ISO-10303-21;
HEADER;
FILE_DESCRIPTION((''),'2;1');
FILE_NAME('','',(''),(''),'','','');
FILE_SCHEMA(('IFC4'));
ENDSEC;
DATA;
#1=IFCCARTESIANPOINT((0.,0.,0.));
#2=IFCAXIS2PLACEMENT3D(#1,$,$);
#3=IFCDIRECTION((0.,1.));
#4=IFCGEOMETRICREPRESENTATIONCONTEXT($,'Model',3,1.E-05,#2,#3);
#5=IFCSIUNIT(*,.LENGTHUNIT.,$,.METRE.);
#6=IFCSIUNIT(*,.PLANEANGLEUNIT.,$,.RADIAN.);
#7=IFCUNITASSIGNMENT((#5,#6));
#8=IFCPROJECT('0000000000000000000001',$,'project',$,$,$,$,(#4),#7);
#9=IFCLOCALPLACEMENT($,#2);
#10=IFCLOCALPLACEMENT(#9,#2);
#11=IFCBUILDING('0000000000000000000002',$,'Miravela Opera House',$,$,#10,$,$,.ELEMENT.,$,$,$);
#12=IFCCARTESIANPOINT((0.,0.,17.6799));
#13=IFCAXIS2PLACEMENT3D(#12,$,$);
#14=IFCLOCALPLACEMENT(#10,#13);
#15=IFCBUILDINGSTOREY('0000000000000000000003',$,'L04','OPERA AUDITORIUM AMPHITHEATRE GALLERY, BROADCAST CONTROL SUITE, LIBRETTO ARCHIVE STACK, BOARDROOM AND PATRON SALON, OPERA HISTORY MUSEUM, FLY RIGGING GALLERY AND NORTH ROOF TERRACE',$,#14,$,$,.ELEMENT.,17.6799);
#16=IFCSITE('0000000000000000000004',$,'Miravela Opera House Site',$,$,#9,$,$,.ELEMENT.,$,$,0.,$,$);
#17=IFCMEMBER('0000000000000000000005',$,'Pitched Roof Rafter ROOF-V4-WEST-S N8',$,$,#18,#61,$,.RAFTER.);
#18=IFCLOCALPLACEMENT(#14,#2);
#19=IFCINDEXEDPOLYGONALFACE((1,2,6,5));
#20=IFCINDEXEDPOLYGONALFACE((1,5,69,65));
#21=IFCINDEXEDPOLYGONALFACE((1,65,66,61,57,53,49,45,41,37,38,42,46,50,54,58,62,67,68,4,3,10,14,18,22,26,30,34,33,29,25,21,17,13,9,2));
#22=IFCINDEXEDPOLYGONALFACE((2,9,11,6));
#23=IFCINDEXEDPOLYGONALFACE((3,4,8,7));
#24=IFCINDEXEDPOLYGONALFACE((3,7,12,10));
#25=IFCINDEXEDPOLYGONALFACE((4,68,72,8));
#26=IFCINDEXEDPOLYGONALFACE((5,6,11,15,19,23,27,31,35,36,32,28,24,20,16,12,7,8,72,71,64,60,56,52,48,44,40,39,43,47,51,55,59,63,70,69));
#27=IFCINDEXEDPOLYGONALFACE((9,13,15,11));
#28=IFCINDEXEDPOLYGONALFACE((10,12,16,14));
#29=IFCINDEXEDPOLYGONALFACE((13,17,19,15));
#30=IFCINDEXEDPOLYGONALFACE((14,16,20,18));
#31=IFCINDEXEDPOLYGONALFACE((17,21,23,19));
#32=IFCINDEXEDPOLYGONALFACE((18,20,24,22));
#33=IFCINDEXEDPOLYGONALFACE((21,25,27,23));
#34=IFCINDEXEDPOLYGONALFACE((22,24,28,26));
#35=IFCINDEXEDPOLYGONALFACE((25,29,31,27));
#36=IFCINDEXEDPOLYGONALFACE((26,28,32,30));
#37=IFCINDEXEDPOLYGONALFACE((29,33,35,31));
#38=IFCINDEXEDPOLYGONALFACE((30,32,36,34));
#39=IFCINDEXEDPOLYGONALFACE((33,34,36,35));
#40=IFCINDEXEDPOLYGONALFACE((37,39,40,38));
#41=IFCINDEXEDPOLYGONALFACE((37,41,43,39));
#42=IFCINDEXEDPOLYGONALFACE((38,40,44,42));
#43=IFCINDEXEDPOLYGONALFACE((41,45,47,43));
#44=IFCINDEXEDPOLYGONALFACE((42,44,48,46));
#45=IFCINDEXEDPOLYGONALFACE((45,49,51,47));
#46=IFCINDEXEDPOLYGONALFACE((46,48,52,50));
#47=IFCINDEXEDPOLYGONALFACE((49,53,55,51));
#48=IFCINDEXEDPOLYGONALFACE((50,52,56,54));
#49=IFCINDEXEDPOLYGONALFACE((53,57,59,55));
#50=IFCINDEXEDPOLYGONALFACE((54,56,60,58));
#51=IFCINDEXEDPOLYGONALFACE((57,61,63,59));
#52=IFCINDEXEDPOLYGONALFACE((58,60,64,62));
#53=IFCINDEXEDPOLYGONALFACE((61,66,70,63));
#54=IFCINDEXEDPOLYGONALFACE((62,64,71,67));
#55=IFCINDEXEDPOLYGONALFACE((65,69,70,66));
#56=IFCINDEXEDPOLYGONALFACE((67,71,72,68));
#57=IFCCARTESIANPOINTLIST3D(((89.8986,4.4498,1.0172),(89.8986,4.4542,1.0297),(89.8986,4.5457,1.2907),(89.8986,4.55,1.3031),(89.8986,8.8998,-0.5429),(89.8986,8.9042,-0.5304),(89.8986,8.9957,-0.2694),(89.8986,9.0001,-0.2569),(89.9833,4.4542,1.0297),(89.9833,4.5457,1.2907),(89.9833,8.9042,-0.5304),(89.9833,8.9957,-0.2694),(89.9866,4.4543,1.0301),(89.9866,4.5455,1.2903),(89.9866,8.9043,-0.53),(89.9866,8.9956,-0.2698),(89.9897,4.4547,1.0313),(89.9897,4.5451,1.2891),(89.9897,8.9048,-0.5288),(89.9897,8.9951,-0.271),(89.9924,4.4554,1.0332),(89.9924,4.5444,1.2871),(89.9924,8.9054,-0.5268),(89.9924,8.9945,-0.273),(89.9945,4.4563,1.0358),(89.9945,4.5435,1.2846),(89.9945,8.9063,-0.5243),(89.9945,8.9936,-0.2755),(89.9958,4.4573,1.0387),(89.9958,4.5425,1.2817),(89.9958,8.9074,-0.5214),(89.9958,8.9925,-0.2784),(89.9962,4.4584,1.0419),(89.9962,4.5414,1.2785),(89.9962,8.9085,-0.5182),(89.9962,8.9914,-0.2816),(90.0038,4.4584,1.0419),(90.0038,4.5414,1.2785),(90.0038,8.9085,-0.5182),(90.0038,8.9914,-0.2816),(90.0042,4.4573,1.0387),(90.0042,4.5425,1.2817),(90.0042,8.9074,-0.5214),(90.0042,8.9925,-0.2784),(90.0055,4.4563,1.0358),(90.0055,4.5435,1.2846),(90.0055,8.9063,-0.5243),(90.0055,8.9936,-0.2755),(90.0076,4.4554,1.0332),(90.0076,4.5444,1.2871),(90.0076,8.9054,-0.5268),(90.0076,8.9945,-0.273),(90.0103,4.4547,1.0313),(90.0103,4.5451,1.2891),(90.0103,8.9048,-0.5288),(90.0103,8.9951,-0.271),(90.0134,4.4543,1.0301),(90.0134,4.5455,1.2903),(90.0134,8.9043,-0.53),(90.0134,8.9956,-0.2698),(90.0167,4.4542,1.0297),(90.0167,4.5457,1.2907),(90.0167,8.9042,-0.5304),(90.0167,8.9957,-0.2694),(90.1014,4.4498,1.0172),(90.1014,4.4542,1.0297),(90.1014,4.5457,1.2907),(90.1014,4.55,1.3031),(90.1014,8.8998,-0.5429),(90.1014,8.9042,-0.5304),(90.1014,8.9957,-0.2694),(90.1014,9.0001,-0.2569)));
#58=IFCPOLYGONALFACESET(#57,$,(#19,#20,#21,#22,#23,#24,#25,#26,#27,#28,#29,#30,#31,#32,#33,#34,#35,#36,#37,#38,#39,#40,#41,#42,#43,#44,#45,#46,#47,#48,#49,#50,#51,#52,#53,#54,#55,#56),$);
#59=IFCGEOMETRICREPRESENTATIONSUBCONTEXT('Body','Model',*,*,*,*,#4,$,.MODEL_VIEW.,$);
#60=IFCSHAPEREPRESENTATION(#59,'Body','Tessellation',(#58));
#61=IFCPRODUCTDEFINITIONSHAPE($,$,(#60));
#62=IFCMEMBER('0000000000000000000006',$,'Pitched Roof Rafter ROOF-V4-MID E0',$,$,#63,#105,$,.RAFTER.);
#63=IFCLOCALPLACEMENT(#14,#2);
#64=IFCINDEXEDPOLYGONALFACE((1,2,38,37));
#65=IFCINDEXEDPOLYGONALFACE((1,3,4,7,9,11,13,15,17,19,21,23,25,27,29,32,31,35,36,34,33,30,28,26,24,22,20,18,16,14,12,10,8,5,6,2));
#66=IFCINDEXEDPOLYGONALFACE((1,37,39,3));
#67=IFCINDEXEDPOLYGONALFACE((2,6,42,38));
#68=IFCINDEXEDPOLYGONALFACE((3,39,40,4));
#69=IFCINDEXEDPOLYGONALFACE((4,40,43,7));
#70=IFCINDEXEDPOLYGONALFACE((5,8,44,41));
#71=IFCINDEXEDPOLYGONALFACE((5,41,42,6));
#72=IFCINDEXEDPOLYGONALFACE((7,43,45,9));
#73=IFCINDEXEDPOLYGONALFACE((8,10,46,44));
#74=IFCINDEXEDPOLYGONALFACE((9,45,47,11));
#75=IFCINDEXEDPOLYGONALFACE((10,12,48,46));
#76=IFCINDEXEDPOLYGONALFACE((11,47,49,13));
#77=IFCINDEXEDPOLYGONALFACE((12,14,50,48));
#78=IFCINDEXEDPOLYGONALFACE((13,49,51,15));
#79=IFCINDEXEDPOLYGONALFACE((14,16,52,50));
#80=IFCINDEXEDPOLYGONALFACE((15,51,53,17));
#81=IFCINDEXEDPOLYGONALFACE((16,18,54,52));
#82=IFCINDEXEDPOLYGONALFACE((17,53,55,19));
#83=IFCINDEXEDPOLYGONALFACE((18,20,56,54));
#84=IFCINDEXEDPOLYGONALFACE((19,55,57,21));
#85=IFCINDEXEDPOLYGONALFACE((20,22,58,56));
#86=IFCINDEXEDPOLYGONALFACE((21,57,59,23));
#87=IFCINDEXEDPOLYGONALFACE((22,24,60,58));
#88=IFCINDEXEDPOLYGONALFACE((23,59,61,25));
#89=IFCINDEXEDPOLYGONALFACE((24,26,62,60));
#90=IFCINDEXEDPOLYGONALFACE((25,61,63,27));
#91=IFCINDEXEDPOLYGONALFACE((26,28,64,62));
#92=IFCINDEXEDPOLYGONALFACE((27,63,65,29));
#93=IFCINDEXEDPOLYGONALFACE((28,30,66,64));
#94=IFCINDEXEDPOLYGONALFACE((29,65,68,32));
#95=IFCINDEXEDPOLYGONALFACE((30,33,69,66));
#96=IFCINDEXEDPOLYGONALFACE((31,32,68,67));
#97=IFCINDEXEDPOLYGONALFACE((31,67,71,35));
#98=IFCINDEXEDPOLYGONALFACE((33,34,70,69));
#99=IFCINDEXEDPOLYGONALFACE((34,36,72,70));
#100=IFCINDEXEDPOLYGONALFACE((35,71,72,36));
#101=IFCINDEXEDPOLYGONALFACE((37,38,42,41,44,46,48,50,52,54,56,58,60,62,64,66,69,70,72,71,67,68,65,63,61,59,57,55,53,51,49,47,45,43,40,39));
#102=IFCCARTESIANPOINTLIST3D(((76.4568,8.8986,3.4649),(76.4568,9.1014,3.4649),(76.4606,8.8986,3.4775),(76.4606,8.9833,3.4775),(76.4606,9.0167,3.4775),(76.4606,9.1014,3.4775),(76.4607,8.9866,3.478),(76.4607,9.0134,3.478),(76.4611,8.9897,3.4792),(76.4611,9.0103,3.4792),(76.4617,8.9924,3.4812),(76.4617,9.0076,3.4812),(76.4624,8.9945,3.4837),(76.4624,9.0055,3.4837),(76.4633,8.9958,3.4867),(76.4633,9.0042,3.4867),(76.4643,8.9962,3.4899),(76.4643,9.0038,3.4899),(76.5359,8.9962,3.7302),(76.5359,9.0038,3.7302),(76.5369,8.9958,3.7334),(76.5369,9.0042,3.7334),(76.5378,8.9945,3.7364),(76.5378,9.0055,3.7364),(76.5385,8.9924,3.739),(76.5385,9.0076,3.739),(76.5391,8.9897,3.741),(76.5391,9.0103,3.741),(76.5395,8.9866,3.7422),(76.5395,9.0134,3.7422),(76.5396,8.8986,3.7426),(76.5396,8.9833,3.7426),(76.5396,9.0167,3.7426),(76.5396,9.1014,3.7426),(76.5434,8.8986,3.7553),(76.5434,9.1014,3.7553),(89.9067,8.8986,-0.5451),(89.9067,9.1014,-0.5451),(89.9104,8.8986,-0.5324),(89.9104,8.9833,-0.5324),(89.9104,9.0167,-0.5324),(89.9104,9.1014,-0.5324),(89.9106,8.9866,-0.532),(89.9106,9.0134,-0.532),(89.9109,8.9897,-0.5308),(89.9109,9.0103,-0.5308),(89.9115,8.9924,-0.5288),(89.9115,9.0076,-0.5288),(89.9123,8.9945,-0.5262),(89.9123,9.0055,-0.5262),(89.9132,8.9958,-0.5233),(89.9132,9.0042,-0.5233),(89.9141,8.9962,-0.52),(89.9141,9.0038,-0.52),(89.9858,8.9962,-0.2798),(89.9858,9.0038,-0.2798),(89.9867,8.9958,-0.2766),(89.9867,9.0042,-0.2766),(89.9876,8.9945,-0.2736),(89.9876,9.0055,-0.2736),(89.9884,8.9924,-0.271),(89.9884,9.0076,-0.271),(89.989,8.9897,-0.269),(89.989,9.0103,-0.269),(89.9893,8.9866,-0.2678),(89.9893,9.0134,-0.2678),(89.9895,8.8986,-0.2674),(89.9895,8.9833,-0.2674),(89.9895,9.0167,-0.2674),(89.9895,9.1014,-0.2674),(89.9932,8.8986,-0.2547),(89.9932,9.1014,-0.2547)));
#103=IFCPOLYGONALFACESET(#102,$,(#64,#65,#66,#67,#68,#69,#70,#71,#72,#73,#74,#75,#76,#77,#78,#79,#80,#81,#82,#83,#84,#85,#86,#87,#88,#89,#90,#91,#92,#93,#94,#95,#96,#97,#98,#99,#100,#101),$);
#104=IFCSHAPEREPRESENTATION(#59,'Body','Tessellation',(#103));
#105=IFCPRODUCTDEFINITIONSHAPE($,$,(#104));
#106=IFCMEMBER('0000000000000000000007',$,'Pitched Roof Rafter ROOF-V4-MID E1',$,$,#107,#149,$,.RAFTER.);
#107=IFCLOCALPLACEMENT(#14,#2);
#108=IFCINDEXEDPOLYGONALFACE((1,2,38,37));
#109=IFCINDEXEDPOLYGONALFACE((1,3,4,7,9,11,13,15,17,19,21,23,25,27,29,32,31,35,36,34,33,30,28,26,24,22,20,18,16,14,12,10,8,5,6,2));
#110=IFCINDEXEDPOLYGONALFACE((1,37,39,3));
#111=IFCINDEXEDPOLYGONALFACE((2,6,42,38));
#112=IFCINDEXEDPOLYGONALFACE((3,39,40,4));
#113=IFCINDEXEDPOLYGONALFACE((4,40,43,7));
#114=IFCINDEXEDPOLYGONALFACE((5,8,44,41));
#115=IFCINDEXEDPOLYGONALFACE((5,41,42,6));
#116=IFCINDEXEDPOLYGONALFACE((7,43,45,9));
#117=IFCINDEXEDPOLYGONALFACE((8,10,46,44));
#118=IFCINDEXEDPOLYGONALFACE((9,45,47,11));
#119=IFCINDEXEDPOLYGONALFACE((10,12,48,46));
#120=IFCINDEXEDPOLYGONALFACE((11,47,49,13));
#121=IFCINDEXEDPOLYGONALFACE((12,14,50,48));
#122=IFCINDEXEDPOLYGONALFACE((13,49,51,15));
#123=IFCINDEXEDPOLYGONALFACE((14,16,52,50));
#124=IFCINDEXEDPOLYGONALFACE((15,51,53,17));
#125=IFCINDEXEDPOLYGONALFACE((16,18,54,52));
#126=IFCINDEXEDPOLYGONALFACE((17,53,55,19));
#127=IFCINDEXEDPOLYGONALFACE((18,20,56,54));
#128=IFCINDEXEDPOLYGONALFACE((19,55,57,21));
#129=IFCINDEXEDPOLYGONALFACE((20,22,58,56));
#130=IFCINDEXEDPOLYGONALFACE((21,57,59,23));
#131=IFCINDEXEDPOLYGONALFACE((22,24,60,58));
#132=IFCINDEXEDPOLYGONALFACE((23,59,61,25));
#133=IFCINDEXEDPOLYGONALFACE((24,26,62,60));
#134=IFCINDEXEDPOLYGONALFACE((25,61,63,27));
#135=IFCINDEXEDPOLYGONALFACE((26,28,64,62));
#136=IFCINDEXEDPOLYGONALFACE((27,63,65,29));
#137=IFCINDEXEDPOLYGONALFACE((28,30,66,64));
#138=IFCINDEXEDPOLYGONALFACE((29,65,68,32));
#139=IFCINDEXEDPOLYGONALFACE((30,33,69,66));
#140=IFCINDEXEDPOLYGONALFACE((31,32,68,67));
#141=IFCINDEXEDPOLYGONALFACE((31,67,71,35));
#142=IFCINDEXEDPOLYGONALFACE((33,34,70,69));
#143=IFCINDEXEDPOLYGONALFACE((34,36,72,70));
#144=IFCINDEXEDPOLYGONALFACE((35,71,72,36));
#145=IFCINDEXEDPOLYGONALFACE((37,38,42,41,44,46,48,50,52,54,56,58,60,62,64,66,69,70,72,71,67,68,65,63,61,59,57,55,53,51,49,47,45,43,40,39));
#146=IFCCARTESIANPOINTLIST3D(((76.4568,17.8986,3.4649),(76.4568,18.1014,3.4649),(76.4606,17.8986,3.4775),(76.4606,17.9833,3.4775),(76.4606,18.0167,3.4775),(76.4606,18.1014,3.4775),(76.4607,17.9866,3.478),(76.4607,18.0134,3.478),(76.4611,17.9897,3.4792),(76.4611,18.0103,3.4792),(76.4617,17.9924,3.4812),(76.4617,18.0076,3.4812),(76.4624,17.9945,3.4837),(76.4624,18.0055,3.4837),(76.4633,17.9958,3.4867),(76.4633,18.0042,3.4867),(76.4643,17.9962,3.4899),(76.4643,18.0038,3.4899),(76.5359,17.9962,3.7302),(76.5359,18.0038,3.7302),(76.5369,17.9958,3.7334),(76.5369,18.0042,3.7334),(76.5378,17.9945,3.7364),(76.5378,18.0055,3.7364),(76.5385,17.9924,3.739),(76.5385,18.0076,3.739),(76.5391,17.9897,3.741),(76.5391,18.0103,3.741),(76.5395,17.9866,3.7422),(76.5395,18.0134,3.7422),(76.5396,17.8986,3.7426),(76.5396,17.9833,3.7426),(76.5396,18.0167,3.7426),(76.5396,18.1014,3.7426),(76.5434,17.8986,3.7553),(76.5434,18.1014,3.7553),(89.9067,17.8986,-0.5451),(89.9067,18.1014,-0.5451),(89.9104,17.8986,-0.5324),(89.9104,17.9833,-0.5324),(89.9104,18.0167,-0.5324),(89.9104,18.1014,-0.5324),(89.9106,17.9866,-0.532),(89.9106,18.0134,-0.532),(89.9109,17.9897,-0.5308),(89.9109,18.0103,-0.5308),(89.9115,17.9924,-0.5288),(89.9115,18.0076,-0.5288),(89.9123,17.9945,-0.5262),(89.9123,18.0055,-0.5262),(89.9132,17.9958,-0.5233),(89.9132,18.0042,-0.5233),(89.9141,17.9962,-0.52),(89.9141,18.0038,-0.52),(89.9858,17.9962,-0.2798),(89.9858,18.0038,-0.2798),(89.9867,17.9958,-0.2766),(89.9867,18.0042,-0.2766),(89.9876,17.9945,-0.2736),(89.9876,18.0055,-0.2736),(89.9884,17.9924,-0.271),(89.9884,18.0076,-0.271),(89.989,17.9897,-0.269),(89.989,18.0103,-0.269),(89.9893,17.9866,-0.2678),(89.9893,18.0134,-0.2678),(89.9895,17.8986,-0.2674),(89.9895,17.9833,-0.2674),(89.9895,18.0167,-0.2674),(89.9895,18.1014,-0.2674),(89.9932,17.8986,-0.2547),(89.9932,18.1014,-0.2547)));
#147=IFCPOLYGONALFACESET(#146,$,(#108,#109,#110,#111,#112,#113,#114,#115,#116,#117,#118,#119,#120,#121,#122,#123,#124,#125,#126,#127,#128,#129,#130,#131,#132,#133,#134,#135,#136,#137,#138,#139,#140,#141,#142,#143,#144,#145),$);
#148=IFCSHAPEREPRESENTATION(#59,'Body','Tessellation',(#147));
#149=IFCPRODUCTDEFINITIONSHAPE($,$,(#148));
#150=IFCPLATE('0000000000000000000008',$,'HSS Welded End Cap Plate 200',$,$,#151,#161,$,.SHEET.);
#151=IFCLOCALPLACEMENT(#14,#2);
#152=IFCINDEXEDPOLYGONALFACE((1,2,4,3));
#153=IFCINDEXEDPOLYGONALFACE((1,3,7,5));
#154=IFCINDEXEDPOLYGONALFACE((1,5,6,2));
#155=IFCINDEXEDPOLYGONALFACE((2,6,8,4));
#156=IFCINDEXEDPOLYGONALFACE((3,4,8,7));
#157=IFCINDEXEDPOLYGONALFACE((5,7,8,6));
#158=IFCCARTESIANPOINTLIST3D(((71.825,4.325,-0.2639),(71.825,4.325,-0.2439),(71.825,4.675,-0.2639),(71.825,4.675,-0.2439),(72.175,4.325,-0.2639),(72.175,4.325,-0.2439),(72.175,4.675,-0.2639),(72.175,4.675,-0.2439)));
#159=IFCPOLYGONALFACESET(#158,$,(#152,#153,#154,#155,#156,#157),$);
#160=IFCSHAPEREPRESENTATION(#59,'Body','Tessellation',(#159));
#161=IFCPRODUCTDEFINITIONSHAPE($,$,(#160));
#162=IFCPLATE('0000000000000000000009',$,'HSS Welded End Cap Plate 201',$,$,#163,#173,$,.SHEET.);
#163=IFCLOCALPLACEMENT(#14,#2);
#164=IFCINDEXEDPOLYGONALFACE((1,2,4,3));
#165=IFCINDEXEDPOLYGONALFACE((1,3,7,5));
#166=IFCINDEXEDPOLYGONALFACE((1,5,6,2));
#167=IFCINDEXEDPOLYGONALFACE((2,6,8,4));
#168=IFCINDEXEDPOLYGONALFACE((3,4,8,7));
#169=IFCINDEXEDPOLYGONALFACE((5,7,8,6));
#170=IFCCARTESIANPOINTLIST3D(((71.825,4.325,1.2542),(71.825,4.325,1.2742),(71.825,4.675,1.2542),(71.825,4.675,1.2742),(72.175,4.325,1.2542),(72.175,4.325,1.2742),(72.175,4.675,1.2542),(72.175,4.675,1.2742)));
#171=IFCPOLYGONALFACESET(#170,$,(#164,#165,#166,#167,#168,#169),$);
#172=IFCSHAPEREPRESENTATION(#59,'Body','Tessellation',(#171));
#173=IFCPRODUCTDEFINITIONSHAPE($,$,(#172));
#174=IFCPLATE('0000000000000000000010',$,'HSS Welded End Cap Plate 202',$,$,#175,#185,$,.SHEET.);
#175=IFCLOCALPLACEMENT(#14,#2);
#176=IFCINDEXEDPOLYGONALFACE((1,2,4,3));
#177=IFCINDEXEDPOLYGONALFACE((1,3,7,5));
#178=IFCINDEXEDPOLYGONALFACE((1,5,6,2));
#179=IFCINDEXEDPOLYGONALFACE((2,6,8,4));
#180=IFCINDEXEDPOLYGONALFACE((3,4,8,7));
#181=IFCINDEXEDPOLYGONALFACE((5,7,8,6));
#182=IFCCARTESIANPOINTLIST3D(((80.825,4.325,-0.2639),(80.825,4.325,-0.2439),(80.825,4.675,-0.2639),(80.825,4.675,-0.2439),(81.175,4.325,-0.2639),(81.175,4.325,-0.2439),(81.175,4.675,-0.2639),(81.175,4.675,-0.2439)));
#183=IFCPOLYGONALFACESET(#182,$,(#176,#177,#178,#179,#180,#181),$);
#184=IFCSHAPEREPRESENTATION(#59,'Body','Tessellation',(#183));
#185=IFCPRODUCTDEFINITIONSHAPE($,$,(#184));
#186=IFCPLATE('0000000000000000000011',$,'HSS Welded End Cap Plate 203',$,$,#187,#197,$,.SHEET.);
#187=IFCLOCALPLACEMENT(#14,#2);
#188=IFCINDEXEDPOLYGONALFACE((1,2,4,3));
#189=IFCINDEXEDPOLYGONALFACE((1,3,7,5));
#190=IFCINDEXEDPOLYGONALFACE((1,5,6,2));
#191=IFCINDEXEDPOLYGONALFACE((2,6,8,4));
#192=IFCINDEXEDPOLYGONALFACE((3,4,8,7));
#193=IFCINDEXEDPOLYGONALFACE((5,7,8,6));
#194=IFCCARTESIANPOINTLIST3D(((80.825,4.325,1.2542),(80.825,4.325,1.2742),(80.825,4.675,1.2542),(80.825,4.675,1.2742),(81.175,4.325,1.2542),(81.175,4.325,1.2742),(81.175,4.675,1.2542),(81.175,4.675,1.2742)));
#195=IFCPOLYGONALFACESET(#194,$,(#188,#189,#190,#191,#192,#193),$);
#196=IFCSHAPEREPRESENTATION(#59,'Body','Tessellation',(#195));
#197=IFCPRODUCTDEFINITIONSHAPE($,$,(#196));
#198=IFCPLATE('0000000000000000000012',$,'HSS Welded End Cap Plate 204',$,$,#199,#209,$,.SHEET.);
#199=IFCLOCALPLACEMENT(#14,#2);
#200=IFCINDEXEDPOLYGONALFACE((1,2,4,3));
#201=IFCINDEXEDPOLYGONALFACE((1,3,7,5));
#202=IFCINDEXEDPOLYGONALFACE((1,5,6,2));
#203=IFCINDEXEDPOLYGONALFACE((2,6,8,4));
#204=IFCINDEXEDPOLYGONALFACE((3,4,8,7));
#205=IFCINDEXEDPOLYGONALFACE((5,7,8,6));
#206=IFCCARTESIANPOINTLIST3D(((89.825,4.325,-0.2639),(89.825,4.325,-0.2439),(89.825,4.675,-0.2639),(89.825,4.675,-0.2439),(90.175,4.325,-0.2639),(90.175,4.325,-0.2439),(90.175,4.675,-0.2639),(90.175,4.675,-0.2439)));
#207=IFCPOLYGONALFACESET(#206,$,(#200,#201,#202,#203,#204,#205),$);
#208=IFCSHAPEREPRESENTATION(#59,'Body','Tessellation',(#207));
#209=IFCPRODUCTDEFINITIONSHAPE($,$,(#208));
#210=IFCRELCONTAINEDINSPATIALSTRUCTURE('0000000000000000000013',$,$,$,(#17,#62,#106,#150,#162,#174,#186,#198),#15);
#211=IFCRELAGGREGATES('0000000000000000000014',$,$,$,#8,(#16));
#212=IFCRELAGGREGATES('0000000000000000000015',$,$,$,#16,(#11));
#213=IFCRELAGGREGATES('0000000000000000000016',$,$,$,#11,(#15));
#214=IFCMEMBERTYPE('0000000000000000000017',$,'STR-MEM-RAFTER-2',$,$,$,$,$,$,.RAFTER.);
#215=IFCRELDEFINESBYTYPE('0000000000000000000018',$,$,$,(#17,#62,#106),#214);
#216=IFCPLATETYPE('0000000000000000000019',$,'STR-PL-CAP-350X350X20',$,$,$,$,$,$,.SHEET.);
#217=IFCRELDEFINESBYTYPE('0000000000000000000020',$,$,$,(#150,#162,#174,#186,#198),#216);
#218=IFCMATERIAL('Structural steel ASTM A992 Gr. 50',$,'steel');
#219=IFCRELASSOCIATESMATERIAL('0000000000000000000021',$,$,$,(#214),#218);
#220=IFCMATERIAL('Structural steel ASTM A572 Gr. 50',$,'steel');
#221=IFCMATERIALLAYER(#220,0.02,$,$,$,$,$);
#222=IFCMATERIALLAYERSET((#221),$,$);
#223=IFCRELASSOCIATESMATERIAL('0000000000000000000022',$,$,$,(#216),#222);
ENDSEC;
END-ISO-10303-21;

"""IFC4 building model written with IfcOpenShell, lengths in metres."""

from ifc_helpers import new_model, si_unit, direction, frame, origin, origin_2d, place, context, subcontext, project, spatial, rectangle, i_section, extrude, material, layer, layer_set, material_profile, profile_set, type_object, element, save


model = new_model("IFC4")

# Units and contexts
model_context = context("Model", 3, precision=1e-05, world=origin(), true_north=direction((0.0, 1.0)))
body_context = subcontext(model_context, "Body", "Model", "MODEL_VIEW")
ifc_project = project(units=[si_unit("LENGTHUNIT", "METRE"), si_unit("PLANEANGLEUNIT", "RADIAN")], contexts=[model_context])

# Site, building, storey
site_placement = place(None, origin())
site = spatial("IfcSite", under=ifc_project, at=site_placement, Name="Miravela Opera House Site", CompositionType="ELEMENT", RefElevation=0.0)
building_placement = place(site_placement, origin())
building = spatial("IfcBuilding", under=site, at=building_placement, Name="Miravela Opera House", CompositionType="ELEMENT")
storey_placement = place(building_placement, frame((0.0, 0.0, 17.6799)))
storey = spatial("IfcBuildingStorey", under=building, at=storey_placement, Name="L04", Description="OPERA AUDITORIUM AMPHITHEATRE GALLERY, BROADCAST CONTROL SUITE, LIBRETTO ARCHIVE STACK, BOARDROOM AND PATRON SALON, OPERA HISTORY MUSEUM, FLY RIGGING GALLERY AND NORTH ROOF TERRACE", CompositionType="ELEMENT", Elevation=17.6799)

# Shared definitions
ifc_material_1 = material(Name="Structural steel ASTM A992 Gr. 50", Category="steel")

# Members
ifc_material_profile_1 = material_profile(ifc_material_1, i_section(OverallWidth=0.2029, OverallDepth=0.303, WebThickness=0.0076, FlangeThickness=0.0132, FilletRadius=0.0129, at=origin_2d()), Name="W310X60")
ifc_profile_set_1 = profile_set([ifc_material_profile_1])
member_type_1 = type_object("IfcMemberType", Name="STR-MEM-RAFTER-2", PredefinedType="RAFTER", material=ifc_profile_set_1)
for number, where, z_axis, x_axis, name in (
    (1, (90.0, 8.95, -0.3999), (0.0, -0.943688, 0.330837), (1.0, 0.0, 0.0), "Pitched Roof Rafter ROOF-V4-WEST-S N8"),
):
    element("IfcMember", number, at=place(storey_placement, frame(where, z_axis=z_axis, x_axis=x_axis)), inside=storey, type_object=member_type_1, Name=name, PredefinedType="RAFTER", context=body_context, shape_type="SweptSolid", body=[
        extrude(i_section(OverallWidth=0.2029, OverallDepth=0.303, WebThickness=0.0076, FlangeThickness=0.0132, FilletRadius=0.0129, at=origin_2d()), origin(), (0.0, 0.0, 1.0), 4.7156),
    ])
for number, where, z_axis, x_axis, name in (
    (2, (89.95, 9.0, -0.3999), (-0.958315, 0.0, 0.285715), (0.0, -1.0, 0.0), "Pitched Roof Rafter ROOF-V4-MID E0"),
    (3, (89.95, 18.0, -0.3999), (-0.958315, 0.0, 0.285715), (0.0, -1.0, 0.0), "Pitched Roof Rafter ROOF-V4-MID E1"),
):
    element("IfcMember", number, at=place(storey_placement, frame(where, z_axis=z_axis, x_axis=x_axis)), inside=storey, type_object=member_type_1, Name=name, PredefinedType="RAFTER", context=body_context, shape_type="SweptSolid", body=[
        extrude(i_section(OverallWidth=0.2029, OverallDepth=0.303, WebThickness=0.0076, FlangeThickness=0.0132, FilletRadius=0.0129, at=origin_2d()), origin(), (0.0, 0.0, 1.0), 14.0349),
    ])

# Plates
ifc_material_2 = material(Name="Structural steel ASTM A572 Gr. 50", Category="steel")
ifc_layer_1 = layer(ifc_material_2, 0.02)
ifc_layer_set_1 = layer_set([ifc_layer_1])
plate_type = type_object("IfcPlateType", Name="STR-PL-CAP-350X350X20", PredefinedType="SHEET", material=ifc_layer_set_1)
for number, where, z_axis, x_axis, name in (
    (4, (72.0, 4.5, -0.2639), (0.0, 0.0, 1.0), (1.0, 0.0, 0.0), "HSS Welded End Cap Plate 200"),
    (5, (72.0, 4.5, 1.2542), (0.0, 0.0, 1.0), (1.0, 0.0, 0.0), "HSS Welded End Cap Plate 201"),
    (6, (81.0, 4.5, -0.2639), (0.0, 0.0, 1.0), (1.0, 0.0, 0.0), "HSS Welded End Cap Plate 202"),
    (7, (81.0, 4.5, 1.2542), (0.0, 0.0, 1.0), (1.0, 0.0, 0.0), "HSS Welded End Cap Plate 203"),
    (8, (90.0, 4.5, -0.2639), (0.0, 0.0, 1.0), (1.0, 0.0, 0.0), "HSS Welded End Cap Plate 204"),
):
    element("IfcPlate", number, at=place(storey_placement, frame(where, z_axis=z_axis, x_axis=x_axis)), inside=storey, type_object=plate_type, Name=name, PredefinedType="SHEET", context=body_context, shape_type="SweptSolid", body=[
        extrude(rectangle(XDim=0.3501, YDim=0.3501, at=origin_2d()), origin(), (0.0, 0.0, 1.0), 0.02),
    ])

save(model, "model.ifc")
